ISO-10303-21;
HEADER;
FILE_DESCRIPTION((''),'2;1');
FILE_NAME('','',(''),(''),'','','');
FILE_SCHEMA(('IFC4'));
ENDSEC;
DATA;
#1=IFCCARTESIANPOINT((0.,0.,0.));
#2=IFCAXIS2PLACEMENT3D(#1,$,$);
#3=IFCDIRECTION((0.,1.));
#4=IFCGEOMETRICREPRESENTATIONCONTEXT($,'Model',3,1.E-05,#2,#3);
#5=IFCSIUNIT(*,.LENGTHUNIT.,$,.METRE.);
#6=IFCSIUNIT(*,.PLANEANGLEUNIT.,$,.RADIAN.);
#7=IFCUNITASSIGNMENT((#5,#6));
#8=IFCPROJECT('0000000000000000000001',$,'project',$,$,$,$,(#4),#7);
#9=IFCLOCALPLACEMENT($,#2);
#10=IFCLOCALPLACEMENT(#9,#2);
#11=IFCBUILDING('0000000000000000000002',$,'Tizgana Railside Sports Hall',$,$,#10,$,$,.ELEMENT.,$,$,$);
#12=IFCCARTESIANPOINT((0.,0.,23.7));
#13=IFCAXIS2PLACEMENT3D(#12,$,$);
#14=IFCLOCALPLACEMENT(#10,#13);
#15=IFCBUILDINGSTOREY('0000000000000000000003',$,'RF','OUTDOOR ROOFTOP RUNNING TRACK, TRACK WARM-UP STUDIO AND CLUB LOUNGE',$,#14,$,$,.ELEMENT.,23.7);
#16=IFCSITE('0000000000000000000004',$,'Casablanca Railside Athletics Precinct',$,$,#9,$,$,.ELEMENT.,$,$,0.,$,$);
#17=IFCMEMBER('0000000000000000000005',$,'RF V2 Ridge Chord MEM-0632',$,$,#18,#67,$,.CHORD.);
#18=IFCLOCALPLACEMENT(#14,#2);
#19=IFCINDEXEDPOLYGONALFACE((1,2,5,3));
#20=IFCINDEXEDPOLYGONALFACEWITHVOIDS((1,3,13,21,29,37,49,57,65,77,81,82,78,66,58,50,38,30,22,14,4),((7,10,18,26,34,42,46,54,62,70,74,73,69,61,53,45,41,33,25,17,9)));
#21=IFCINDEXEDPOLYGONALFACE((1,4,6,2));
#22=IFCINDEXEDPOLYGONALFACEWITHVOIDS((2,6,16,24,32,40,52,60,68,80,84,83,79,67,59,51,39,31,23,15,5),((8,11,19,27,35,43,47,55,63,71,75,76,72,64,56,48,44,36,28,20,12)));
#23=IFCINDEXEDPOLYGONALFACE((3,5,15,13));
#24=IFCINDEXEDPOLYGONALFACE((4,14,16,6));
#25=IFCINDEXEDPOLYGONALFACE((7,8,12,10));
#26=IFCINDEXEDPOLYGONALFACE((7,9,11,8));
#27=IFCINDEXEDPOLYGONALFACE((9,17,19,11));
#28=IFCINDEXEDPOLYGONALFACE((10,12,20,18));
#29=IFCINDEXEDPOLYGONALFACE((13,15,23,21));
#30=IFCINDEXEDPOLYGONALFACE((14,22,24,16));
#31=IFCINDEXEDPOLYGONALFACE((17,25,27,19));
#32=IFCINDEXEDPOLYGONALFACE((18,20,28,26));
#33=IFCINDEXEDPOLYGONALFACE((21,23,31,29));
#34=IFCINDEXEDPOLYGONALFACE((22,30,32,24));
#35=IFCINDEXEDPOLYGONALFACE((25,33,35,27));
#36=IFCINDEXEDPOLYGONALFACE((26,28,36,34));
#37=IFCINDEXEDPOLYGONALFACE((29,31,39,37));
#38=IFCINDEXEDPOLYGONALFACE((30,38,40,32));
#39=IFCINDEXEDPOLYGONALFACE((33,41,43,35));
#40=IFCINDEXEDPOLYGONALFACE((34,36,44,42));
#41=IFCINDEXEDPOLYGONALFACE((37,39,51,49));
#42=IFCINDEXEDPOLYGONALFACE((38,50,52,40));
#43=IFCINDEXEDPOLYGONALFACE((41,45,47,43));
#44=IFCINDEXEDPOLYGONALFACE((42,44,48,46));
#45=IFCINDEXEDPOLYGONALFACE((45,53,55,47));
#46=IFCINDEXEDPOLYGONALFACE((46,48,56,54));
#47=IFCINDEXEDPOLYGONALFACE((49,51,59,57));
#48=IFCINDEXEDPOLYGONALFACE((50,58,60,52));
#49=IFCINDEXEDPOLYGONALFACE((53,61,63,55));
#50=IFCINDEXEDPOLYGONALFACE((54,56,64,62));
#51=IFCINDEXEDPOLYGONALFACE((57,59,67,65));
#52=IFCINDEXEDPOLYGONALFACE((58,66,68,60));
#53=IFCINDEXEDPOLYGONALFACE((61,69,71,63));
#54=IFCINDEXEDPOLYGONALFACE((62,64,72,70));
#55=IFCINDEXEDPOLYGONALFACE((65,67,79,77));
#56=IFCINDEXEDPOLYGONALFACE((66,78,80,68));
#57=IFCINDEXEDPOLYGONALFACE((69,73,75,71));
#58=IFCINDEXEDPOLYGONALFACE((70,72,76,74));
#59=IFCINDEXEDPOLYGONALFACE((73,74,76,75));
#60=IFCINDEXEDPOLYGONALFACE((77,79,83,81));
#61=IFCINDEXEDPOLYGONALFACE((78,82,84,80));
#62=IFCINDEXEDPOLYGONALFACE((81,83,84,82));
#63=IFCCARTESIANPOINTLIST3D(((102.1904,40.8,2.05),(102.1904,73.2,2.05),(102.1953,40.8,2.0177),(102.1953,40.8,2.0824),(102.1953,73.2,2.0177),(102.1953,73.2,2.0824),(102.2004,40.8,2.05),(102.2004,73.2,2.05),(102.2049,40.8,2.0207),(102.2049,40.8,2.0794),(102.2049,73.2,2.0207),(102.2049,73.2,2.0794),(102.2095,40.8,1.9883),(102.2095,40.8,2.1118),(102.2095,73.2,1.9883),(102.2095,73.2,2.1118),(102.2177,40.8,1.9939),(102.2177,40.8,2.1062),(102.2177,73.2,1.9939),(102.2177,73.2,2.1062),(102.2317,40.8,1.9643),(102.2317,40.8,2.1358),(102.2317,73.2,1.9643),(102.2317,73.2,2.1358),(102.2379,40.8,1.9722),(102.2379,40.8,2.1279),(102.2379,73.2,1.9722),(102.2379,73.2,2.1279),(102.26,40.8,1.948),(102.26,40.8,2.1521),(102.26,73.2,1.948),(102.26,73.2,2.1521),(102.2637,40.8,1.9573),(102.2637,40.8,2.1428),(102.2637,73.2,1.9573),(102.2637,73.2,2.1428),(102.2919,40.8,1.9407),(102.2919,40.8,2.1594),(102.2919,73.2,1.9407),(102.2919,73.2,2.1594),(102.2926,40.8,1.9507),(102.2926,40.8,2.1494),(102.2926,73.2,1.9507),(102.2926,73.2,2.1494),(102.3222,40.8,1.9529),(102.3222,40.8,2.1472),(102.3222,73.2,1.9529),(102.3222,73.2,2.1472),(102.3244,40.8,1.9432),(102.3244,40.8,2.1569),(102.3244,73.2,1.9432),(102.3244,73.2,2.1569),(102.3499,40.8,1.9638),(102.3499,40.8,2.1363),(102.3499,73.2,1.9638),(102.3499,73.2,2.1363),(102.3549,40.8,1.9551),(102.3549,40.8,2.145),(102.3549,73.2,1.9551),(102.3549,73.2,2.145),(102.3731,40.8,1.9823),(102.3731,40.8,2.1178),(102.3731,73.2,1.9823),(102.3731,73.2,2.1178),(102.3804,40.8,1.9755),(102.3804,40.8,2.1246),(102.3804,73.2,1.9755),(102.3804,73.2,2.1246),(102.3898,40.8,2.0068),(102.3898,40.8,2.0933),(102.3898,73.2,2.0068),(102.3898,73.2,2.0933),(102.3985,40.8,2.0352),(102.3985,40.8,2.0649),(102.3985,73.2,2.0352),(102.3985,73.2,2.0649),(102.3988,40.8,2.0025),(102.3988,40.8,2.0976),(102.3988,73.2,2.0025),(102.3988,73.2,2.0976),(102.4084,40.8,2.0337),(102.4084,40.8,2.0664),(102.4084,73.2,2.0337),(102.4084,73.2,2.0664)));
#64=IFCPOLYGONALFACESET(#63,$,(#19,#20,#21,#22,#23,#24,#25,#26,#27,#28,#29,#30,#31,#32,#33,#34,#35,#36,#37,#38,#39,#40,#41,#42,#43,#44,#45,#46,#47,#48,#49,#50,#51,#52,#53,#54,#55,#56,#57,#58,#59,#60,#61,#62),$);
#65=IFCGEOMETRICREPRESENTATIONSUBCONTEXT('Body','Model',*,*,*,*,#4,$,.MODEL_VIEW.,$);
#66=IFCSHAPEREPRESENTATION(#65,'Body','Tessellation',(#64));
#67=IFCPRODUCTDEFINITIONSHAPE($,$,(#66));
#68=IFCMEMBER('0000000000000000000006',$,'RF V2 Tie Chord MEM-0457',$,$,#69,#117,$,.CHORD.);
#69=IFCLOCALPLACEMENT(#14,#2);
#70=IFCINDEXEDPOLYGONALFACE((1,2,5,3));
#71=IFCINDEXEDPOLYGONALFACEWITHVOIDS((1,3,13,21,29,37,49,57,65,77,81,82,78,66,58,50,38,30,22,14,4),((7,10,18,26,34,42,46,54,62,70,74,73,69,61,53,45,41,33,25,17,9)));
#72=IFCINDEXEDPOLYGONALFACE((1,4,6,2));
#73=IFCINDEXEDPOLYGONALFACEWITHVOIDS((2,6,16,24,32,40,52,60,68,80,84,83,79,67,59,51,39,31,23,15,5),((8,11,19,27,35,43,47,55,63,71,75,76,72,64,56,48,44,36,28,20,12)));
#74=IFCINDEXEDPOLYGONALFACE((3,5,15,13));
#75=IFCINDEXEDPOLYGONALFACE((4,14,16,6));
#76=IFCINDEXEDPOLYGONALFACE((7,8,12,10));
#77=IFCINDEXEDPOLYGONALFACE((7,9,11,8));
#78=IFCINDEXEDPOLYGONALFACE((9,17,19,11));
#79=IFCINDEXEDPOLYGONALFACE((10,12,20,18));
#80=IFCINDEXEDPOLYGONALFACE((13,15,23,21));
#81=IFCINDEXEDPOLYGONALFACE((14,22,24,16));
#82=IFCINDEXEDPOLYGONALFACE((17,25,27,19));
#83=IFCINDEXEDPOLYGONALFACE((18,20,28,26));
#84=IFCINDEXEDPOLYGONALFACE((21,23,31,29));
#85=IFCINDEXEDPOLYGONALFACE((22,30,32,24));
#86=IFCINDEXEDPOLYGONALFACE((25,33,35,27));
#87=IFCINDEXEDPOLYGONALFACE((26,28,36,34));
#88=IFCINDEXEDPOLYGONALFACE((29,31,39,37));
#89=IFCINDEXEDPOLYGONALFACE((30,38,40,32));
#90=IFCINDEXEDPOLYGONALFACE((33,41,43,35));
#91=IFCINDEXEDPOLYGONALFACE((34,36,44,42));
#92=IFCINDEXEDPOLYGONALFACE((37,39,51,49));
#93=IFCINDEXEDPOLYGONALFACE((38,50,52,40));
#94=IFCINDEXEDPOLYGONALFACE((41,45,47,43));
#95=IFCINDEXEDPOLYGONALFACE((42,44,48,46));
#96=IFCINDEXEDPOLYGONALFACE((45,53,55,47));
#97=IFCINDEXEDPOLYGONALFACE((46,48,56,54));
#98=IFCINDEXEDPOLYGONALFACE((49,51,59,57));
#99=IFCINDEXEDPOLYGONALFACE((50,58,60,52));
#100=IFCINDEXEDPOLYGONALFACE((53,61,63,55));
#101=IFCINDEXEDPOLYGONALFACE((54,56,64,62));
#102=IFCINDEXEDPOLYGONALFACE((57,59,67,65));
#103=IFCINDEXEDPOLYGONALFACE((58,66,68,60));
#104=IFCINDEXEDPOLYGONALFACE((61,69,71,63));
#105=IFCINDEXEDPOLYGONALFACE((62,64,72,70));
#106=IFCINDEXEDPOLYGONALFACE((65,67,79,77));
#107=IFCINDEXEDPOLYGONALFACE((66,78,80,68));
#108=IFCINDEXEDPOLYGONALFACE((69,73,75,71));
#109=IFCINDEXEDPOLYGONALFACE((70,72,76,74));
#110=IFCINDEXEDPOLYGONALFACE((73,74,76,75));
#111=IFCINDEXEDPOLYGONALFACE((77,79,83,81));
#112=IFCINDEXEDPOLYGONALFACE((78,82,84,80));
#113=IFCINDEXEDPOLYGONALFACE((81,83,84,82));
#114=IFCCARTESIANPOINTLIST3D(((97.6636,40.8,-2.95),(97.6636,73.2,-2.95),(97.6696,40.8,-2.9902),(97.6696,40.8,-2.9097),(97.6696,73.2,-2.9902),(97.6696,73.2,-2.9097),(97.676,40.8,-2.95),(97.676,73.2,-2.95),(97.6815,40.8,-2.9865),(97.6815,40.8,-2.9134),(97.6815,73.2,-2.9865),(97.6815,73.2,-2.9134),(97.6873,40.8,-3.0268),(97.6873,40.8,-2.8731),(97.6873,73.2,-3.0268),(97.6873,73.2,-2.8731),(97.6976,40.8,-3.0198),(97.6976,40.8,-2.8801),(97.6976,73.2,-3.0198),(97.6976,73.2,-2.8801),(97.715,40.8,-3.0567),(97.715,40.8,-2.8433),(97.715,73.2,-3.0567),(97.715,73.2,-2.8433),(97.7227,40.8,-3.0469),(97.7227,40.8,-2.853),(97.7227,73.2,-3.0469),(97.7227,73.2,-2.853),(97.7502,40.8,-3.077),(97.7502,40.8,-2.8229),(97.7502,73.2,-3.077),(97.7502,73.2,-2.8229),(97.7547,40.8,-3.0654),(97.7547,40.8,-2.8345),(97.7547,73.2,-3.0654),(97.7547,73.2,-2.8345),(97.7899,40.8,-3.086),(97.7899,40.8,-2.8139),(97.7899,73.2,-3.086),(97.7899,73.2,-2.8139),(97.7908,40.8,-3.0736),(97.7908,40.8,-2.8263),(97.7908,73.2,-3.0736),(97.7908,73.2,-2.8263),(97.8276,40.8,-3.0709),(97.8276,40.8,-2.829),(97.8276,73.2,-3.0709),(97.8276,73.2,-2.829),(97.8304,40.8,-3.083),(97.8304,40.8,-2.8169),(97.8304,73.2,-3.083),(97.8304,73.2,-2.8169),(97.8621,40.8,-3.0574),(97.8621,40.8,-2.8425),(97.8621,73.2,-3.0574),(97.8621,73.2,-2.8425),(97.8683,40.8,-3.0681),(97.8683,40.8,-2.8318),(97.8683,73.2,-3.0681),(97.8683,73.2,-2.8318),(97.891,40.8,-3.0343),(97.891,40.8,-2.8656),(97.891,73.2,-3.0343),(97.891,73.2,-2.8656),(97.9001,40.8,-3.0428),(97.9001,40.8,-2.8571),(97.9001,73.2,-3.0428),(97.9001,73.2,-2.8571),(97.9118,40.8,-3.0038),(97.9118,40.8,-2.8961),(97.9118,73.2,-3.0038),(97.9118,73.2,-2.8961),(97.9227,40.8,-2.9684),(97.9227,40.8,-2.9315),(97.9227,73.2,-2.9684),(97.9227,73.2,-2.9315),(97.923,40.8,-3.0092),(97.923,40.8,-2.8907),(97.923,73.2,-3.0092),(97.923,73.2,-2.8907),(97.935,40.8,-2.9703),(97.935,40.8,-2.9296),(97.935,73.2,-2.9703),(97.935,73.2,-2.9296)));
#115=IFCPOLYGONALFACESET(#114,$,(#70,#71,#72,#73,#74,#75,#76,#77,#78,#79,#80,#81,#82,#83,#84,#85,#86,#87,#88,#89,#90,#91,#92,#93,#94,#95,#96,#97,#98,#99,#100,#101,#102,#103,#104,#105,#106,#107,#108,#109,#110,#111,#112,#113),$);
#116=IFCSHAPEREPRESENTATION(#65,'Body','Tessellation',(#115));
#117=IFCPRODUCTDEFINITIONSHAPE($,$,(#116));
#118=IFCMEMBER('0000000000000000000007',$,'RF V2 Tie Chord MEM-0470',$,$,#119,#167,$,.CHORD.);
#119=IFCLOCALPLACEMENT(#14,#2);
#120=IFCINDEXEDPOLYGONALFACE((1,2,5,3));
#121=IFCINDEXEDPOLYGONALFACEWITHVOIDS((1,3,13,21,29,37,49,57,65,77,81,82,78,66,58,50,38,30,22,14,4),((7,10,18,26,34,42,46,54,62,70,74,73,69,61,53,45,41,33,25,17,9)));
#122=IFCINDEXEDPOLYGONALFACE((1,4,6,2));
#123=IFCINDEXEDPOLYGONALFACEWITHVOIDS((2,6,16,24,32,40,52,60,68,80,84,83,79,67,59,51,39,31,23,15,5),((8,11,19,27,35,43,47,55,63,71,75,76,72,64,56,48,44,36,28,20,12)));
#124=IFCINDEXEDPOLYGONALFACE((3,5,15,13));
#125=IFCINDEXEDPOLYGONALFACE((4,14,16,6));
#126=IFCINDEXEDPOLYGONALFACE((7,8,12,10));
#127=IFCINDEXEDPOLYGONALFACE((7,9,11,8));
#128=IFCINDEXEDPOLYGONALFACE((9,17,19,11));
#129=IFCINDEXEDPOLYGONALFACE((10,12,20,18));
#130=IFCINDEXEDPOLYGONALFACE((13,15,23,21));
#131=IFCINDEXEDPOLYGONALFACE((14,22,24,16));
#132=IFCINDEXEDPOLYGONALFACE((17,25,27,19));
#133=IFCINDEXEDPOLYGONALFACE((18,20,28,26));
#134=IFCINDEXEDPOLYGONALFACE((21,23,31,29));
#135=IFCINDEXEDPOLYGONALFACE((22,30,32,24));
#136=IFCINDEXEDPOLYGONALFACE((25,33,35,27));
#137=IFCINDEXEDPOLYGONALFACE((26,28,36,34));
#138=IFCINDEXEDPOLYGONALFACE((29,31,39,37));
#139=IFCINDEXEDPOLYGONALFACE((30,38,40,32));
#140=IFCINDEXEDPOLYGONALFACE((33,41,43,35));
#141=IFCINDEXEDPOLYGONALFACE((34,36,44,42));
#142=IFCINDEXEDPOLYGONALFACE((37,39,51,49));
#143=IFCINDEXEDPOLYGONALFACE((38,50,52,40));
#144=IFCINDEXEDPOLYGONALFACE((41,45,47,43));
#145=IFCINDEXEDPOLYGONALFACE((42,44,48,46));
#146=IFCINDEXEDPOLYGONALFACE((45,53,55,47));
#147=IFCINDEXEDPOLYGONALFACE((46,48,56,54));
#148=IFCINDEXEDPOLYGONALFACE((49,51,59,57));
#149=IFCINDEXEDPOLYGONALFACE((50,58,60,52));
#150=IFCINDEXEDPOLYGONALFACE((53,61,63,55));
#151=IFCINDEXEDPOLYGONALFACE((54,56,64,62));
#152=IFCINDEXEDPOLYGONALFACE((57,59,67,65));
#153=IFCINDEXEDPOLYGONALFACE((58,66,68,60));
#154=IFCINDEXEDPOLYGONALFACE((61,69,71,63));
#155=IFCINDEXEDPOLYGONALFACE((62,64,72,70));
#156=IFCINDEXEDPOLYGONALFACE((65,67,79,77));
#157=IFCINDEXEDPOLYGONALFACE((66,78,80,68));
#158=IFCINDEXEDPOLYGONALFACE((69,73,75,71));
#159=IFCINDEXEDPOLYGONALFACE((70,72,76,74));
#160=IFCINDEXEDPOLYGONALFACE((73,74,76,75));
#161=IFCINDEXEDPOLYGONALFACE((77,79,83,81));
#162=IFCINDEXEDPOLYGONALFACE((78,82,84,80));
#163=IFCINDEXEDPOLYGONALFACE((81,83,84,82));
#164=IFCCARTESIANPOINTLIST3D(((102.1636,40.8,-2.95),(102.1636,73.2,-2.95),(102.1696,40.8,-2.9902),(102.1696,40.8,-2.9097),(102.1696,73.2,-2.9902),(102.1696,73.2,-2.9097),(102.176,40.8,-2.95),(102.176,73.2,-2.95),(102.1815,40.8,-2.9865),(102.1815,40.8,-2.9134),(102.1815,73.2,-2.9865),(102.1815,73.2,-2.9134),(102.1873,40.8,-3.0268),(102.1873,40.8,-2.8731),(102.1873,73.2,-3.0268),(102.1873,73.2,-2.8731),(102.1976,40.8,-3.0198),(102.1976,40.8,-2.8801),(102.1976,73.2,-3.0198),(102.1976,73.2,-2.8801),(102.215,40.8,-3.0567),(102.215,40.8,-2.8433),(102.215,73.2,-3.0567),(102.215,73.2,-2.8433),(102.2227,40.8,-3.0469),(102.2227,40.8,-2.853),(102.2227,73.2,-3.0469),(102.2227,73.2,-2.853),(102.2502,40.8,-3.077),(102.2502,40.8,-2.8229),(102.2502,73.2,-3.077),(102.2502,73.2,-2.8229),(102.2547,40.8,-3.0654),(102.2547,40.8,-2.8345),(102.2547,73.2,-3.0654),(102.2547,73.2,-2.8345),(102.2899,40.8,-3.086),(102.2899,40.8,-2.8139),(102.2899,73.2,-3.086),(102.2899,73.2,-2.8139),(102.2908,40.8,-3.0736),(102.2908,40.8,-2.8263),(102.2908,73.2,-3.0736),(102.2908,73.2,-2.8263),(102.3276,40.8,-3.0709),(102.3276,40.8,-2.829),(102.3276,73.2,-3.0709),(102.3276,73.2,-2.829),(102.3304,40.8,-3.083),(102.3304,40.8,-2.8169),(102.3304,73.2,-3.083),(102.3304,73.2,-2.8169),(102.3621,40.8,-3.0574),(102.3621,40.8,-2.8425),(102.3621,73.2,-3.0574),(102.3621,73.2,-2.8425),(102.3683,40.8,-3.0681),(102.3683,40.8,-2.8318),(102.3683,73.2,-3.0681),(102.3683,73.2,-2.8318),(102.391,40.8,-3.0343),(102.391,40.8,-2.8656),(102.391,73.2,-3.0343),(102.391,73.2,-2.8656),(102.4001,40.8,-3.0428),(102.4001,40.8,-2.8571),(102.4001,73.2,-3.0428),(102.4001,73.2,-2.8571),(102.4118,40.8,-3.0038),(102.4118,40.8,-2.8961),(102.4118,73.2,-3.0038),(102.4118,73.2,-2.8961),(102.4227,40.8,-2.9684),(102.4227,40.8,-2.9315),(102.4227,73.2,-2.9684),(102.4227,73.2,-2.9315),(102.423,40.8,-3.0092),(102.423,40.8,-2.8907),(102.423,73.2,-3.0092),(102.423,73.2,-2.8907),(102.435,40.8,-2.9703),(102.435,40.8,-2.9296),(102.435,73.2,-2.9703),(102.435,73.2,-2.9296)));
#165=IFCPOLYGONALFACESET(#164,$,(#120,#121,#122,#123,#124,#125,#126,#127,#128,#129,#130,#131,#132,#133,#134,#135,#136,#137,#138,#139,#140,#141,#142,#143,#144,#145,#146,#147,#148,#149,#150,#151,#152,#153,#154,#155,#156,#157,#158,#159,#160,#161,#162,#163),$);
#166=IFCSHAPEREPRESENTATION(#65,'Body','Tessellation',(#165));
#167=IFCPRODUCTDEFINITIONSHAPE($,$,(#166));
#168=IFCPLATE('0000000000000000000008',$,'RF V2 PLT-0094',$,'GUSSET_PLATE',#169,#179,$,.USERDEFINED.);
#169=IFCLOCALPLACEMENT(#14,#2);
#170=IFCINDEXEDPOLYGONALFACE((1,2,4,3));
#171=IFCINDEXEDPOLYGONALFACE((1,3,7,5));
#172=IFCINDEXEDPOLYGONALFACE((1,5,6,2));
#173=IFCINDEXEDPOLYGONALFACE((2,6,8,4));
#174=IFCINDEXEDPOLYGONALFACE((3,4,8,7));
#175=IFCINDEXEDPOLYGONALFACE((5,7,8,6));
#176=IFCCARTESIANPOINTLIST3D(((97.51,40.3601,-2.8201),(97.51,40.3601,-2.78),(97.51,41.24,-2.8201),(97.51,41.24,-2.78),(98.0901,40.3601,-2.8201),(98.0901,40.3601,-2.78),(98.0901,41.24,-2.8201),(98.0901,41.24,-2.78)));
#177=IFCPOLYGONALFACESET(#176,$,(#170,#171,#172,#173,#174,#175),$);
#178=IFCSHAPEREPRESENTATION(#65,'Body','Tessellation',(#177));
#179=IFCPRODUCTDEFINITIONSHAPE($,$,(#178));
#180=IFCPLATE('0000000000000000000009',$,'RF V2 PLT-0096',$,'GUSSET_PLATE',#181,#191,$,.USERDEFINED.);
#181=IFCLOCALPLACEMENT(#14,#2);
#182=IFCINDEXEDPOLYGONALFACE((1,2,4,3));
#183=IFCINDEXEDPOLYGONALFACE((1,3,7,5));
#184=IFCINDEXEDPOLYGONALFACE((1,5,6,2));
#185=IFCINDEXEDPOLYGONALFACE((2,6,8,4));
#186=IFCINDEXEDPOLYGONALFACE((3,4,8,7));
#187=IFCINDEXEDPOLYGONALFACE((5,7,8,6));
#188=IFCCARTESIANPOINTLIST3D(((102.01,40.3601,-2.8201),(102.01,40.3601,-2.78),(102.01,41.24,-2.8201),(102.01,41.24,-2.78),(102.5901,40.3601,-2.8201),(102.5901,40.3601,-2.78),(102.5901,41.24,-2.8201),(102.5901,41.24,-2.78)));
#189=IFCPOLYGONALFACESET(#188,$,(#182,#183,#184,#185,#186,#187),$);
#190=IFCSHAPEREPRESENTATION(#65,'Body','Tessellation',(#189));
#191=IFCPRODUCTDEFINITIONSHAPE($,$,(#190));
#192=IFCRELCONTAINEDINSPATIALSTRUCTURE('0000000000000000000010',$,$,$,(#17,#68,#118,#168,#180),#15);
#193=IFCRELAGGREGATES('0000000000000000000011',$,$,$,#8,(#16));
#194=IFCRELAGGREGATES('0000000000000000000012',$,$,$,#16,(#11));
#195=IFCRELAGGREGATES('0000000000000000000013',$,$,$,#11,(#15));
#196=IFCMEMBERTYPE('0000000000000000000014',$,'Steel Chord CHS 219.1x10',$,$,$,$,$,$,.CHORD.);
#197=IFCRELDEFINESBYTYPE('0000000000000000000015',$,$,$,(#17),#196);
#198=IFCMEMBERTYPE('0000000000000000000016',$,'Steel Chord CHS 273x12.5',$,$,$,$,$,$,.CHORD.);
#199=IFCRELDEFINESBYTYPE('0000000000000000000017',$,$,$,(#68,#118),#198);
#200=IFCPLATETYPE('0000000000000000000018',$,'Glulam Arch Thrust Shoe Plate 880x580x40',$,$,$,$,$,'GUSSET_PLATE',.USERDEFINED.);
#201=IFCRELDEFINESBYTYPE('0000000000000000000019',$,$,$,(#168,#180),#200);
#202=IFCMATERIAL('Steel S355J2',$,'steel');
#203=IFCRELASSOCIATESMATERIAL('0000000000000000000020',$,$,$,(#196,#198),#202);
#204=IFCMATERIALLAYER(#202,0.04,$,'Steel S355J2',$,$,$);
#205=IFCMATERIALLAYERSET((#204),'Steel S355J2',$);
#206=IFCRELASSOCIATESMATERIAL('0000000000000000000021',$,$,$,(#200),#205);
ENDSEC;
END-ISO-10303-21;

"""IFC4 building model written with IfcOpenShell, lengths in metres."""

from ifc_helpers import new_model, si_unit, direction, frame, origin, origin_2d, place, context, subcontext, project, spatial, rectangle, hollow_circle, extrude, material, layer, layer_set, material_profile, profile_set, type_object, element, save


model = new_model("IFC4")

# Units and contexts
model_context = context("Model", 3, precision=1e-05, world=origin(), true_north=direction((0.0, 1.0)))
body_context = subcontext(model_context, "Body", "Model", "MODEL_VIEW")
ifc_project = project(units=[si_unit("LENGTHUNIT", "METRE"), si_unit("PLANEANGLEUNIT", "RADIAN")], contexts=[model_context])

# Site, building, storey
site_placement = place(None, origin())
site = spatial("IfcSite", under=ifc_project, at=site_placement, Name="Casablanca Railside Athletics Precinct", CompositionType="ELEMENT", RefElevation=0.0)
building_placement = place(site_placement, origin())
building = spatial("IfcBuilding", under=site, at=building_placement, Name="Tizgana Railside Sports Hall", CompositionType="ELEMENT")
storey_placement = place(building_placement, frame((0.0, 0.0, 23.7)))
storey = spatial("IfcBuildingStorey", under=building, at=storey_placement, Name="RF", Description="OUTDOOR ROOFTOP RUNNING TRACK, TRACK WARM-UP STUDIO AND CLUB LOUNGE", CompositionType="ELEMENT", Elevation=23.7)

# Members
ifc_material_1 = material(Name="Steel S355J2", Category="steel")
ifc_material_profile_1 = material_profile(ifc_material_1, hollow_circle(Radius=0.1096, WallThickness=0.01, at=origin_2d()), Name="CHS 219.1x10")
ifc_profile_set_1 = profile_set([ifc_material_profile_1], Name="Steel S355J2")
member_type_1 = type_object("IfcMemberType", Name="Steel Chord CHS 219.1x10", PredefinedType="CHORD", material=ifc_profile_set_1)
member_1_placement = place(storey_placement, frame((102.3, 40.8, 2.05), z_axis=(0.0, 1.0, 0.0), x_axis=(-1.0, 0.0, 0.0)))
element("IfcMember", 1, at=member_1_placement, inside=storey, type_object=member_type_1, Name="RF V2 Ridge Chord MEM-0632", PredefinedType="CHORD", context=body_context, shape_type="SweptSolid", body=[
    extrude(hollow_circle(Radius=0.1096, WallThickness=0.01, at=origin_2d()), origin(), (0.0, 0.0, 1.0), 32.3999),
])
ifc_material_profile_2 = material_profile(ifc_material_1, hollow_circle(Radius=0.1365, WallThickness=0.0125, at=origin_2d()), Name="CHS 273x12.5")
ifc_profile_set_2 = profile_set([ifc_material_profile_2], Name="Steel S355J2")
member_type_2 = type_object("IfcMemberType", Name="Steel Chord CHS 273x12.5", PredefinedType="CHORD", material=ifc_profile_set_2)
for number, where, z_axis, x_axis, name in (
    (2, (97.8, 40.8, -2.95), (0.0, 1.0, 0.0), (-1.0, 0.0, 0.0), "RF V2 Tie Chord MEM-0457"),
    (3, (102.3, 40.8, -2.95), (0.0, 1.0, 0.0), (-1.0, 0.0, 0.0), "RF V2 Tie Chord MEM-0470"),
):
    element("IfcMember", number, at=place(storey_placement, frame(where, z_axis=z_axis, x_axis=x_axis)), inside=storey, type_object=member_type_2, Name=name, PredefinedType="CHORD", context=body_context, shape_type="SweptSolid", body=[
        extrude(hollow_circle(Radius=0.1365, WallThickness=0.0125, at=origin_2d()), origin(), (0.0, 0.0, 1.0), 32.3999),
    ])

# Plates
ifc_layer_1 = layer(ifc_material_1, 0.04, Name="Steel S355J2")
ifc_layer_set_1 = layer_set([ifc_layer_1], Name="Steel S355J2")
plate_type = type_object("IfcPlateType", Name="Glulam Arch Thrust Shoe Plate 880x580x40", ElementType="GUSSET_PLATE", PredefinedType="USERDEFINED", material=ifc_layer_set_1)
for number, where, z_axis, x_axis, name in (
    (4, (97.8, 40.8, -2.8201), (0.0, 0.0, 1.0), (1.0, 0.0, 0.0), "RF V2 PLT-0094"),
    (5, (102.3, 40.8, -2.8201), (0.0, 0.0, 1.0), (1.0, 0.0, 0.0), "RF V2 PLT-0096"),
):
    element("IfcPlate", number, at=place(storey_placement, frame(where, z_axis=z_axis, x_axis=x_axis)), inside=storey, type_object=plate_type, Name=name, ObjectType="GUSSET_PLATE", PredefinedType="USERDEFINED", context=body_context, shape_type="SweptSolid", body=[
        extrude(rectangle(XDim=0.5801, YDim=0.8799, at=origin_2d()), origin(), (0.0, 0.0, 1.0), 0.04),
    ])

save(model, "model.ifc")
